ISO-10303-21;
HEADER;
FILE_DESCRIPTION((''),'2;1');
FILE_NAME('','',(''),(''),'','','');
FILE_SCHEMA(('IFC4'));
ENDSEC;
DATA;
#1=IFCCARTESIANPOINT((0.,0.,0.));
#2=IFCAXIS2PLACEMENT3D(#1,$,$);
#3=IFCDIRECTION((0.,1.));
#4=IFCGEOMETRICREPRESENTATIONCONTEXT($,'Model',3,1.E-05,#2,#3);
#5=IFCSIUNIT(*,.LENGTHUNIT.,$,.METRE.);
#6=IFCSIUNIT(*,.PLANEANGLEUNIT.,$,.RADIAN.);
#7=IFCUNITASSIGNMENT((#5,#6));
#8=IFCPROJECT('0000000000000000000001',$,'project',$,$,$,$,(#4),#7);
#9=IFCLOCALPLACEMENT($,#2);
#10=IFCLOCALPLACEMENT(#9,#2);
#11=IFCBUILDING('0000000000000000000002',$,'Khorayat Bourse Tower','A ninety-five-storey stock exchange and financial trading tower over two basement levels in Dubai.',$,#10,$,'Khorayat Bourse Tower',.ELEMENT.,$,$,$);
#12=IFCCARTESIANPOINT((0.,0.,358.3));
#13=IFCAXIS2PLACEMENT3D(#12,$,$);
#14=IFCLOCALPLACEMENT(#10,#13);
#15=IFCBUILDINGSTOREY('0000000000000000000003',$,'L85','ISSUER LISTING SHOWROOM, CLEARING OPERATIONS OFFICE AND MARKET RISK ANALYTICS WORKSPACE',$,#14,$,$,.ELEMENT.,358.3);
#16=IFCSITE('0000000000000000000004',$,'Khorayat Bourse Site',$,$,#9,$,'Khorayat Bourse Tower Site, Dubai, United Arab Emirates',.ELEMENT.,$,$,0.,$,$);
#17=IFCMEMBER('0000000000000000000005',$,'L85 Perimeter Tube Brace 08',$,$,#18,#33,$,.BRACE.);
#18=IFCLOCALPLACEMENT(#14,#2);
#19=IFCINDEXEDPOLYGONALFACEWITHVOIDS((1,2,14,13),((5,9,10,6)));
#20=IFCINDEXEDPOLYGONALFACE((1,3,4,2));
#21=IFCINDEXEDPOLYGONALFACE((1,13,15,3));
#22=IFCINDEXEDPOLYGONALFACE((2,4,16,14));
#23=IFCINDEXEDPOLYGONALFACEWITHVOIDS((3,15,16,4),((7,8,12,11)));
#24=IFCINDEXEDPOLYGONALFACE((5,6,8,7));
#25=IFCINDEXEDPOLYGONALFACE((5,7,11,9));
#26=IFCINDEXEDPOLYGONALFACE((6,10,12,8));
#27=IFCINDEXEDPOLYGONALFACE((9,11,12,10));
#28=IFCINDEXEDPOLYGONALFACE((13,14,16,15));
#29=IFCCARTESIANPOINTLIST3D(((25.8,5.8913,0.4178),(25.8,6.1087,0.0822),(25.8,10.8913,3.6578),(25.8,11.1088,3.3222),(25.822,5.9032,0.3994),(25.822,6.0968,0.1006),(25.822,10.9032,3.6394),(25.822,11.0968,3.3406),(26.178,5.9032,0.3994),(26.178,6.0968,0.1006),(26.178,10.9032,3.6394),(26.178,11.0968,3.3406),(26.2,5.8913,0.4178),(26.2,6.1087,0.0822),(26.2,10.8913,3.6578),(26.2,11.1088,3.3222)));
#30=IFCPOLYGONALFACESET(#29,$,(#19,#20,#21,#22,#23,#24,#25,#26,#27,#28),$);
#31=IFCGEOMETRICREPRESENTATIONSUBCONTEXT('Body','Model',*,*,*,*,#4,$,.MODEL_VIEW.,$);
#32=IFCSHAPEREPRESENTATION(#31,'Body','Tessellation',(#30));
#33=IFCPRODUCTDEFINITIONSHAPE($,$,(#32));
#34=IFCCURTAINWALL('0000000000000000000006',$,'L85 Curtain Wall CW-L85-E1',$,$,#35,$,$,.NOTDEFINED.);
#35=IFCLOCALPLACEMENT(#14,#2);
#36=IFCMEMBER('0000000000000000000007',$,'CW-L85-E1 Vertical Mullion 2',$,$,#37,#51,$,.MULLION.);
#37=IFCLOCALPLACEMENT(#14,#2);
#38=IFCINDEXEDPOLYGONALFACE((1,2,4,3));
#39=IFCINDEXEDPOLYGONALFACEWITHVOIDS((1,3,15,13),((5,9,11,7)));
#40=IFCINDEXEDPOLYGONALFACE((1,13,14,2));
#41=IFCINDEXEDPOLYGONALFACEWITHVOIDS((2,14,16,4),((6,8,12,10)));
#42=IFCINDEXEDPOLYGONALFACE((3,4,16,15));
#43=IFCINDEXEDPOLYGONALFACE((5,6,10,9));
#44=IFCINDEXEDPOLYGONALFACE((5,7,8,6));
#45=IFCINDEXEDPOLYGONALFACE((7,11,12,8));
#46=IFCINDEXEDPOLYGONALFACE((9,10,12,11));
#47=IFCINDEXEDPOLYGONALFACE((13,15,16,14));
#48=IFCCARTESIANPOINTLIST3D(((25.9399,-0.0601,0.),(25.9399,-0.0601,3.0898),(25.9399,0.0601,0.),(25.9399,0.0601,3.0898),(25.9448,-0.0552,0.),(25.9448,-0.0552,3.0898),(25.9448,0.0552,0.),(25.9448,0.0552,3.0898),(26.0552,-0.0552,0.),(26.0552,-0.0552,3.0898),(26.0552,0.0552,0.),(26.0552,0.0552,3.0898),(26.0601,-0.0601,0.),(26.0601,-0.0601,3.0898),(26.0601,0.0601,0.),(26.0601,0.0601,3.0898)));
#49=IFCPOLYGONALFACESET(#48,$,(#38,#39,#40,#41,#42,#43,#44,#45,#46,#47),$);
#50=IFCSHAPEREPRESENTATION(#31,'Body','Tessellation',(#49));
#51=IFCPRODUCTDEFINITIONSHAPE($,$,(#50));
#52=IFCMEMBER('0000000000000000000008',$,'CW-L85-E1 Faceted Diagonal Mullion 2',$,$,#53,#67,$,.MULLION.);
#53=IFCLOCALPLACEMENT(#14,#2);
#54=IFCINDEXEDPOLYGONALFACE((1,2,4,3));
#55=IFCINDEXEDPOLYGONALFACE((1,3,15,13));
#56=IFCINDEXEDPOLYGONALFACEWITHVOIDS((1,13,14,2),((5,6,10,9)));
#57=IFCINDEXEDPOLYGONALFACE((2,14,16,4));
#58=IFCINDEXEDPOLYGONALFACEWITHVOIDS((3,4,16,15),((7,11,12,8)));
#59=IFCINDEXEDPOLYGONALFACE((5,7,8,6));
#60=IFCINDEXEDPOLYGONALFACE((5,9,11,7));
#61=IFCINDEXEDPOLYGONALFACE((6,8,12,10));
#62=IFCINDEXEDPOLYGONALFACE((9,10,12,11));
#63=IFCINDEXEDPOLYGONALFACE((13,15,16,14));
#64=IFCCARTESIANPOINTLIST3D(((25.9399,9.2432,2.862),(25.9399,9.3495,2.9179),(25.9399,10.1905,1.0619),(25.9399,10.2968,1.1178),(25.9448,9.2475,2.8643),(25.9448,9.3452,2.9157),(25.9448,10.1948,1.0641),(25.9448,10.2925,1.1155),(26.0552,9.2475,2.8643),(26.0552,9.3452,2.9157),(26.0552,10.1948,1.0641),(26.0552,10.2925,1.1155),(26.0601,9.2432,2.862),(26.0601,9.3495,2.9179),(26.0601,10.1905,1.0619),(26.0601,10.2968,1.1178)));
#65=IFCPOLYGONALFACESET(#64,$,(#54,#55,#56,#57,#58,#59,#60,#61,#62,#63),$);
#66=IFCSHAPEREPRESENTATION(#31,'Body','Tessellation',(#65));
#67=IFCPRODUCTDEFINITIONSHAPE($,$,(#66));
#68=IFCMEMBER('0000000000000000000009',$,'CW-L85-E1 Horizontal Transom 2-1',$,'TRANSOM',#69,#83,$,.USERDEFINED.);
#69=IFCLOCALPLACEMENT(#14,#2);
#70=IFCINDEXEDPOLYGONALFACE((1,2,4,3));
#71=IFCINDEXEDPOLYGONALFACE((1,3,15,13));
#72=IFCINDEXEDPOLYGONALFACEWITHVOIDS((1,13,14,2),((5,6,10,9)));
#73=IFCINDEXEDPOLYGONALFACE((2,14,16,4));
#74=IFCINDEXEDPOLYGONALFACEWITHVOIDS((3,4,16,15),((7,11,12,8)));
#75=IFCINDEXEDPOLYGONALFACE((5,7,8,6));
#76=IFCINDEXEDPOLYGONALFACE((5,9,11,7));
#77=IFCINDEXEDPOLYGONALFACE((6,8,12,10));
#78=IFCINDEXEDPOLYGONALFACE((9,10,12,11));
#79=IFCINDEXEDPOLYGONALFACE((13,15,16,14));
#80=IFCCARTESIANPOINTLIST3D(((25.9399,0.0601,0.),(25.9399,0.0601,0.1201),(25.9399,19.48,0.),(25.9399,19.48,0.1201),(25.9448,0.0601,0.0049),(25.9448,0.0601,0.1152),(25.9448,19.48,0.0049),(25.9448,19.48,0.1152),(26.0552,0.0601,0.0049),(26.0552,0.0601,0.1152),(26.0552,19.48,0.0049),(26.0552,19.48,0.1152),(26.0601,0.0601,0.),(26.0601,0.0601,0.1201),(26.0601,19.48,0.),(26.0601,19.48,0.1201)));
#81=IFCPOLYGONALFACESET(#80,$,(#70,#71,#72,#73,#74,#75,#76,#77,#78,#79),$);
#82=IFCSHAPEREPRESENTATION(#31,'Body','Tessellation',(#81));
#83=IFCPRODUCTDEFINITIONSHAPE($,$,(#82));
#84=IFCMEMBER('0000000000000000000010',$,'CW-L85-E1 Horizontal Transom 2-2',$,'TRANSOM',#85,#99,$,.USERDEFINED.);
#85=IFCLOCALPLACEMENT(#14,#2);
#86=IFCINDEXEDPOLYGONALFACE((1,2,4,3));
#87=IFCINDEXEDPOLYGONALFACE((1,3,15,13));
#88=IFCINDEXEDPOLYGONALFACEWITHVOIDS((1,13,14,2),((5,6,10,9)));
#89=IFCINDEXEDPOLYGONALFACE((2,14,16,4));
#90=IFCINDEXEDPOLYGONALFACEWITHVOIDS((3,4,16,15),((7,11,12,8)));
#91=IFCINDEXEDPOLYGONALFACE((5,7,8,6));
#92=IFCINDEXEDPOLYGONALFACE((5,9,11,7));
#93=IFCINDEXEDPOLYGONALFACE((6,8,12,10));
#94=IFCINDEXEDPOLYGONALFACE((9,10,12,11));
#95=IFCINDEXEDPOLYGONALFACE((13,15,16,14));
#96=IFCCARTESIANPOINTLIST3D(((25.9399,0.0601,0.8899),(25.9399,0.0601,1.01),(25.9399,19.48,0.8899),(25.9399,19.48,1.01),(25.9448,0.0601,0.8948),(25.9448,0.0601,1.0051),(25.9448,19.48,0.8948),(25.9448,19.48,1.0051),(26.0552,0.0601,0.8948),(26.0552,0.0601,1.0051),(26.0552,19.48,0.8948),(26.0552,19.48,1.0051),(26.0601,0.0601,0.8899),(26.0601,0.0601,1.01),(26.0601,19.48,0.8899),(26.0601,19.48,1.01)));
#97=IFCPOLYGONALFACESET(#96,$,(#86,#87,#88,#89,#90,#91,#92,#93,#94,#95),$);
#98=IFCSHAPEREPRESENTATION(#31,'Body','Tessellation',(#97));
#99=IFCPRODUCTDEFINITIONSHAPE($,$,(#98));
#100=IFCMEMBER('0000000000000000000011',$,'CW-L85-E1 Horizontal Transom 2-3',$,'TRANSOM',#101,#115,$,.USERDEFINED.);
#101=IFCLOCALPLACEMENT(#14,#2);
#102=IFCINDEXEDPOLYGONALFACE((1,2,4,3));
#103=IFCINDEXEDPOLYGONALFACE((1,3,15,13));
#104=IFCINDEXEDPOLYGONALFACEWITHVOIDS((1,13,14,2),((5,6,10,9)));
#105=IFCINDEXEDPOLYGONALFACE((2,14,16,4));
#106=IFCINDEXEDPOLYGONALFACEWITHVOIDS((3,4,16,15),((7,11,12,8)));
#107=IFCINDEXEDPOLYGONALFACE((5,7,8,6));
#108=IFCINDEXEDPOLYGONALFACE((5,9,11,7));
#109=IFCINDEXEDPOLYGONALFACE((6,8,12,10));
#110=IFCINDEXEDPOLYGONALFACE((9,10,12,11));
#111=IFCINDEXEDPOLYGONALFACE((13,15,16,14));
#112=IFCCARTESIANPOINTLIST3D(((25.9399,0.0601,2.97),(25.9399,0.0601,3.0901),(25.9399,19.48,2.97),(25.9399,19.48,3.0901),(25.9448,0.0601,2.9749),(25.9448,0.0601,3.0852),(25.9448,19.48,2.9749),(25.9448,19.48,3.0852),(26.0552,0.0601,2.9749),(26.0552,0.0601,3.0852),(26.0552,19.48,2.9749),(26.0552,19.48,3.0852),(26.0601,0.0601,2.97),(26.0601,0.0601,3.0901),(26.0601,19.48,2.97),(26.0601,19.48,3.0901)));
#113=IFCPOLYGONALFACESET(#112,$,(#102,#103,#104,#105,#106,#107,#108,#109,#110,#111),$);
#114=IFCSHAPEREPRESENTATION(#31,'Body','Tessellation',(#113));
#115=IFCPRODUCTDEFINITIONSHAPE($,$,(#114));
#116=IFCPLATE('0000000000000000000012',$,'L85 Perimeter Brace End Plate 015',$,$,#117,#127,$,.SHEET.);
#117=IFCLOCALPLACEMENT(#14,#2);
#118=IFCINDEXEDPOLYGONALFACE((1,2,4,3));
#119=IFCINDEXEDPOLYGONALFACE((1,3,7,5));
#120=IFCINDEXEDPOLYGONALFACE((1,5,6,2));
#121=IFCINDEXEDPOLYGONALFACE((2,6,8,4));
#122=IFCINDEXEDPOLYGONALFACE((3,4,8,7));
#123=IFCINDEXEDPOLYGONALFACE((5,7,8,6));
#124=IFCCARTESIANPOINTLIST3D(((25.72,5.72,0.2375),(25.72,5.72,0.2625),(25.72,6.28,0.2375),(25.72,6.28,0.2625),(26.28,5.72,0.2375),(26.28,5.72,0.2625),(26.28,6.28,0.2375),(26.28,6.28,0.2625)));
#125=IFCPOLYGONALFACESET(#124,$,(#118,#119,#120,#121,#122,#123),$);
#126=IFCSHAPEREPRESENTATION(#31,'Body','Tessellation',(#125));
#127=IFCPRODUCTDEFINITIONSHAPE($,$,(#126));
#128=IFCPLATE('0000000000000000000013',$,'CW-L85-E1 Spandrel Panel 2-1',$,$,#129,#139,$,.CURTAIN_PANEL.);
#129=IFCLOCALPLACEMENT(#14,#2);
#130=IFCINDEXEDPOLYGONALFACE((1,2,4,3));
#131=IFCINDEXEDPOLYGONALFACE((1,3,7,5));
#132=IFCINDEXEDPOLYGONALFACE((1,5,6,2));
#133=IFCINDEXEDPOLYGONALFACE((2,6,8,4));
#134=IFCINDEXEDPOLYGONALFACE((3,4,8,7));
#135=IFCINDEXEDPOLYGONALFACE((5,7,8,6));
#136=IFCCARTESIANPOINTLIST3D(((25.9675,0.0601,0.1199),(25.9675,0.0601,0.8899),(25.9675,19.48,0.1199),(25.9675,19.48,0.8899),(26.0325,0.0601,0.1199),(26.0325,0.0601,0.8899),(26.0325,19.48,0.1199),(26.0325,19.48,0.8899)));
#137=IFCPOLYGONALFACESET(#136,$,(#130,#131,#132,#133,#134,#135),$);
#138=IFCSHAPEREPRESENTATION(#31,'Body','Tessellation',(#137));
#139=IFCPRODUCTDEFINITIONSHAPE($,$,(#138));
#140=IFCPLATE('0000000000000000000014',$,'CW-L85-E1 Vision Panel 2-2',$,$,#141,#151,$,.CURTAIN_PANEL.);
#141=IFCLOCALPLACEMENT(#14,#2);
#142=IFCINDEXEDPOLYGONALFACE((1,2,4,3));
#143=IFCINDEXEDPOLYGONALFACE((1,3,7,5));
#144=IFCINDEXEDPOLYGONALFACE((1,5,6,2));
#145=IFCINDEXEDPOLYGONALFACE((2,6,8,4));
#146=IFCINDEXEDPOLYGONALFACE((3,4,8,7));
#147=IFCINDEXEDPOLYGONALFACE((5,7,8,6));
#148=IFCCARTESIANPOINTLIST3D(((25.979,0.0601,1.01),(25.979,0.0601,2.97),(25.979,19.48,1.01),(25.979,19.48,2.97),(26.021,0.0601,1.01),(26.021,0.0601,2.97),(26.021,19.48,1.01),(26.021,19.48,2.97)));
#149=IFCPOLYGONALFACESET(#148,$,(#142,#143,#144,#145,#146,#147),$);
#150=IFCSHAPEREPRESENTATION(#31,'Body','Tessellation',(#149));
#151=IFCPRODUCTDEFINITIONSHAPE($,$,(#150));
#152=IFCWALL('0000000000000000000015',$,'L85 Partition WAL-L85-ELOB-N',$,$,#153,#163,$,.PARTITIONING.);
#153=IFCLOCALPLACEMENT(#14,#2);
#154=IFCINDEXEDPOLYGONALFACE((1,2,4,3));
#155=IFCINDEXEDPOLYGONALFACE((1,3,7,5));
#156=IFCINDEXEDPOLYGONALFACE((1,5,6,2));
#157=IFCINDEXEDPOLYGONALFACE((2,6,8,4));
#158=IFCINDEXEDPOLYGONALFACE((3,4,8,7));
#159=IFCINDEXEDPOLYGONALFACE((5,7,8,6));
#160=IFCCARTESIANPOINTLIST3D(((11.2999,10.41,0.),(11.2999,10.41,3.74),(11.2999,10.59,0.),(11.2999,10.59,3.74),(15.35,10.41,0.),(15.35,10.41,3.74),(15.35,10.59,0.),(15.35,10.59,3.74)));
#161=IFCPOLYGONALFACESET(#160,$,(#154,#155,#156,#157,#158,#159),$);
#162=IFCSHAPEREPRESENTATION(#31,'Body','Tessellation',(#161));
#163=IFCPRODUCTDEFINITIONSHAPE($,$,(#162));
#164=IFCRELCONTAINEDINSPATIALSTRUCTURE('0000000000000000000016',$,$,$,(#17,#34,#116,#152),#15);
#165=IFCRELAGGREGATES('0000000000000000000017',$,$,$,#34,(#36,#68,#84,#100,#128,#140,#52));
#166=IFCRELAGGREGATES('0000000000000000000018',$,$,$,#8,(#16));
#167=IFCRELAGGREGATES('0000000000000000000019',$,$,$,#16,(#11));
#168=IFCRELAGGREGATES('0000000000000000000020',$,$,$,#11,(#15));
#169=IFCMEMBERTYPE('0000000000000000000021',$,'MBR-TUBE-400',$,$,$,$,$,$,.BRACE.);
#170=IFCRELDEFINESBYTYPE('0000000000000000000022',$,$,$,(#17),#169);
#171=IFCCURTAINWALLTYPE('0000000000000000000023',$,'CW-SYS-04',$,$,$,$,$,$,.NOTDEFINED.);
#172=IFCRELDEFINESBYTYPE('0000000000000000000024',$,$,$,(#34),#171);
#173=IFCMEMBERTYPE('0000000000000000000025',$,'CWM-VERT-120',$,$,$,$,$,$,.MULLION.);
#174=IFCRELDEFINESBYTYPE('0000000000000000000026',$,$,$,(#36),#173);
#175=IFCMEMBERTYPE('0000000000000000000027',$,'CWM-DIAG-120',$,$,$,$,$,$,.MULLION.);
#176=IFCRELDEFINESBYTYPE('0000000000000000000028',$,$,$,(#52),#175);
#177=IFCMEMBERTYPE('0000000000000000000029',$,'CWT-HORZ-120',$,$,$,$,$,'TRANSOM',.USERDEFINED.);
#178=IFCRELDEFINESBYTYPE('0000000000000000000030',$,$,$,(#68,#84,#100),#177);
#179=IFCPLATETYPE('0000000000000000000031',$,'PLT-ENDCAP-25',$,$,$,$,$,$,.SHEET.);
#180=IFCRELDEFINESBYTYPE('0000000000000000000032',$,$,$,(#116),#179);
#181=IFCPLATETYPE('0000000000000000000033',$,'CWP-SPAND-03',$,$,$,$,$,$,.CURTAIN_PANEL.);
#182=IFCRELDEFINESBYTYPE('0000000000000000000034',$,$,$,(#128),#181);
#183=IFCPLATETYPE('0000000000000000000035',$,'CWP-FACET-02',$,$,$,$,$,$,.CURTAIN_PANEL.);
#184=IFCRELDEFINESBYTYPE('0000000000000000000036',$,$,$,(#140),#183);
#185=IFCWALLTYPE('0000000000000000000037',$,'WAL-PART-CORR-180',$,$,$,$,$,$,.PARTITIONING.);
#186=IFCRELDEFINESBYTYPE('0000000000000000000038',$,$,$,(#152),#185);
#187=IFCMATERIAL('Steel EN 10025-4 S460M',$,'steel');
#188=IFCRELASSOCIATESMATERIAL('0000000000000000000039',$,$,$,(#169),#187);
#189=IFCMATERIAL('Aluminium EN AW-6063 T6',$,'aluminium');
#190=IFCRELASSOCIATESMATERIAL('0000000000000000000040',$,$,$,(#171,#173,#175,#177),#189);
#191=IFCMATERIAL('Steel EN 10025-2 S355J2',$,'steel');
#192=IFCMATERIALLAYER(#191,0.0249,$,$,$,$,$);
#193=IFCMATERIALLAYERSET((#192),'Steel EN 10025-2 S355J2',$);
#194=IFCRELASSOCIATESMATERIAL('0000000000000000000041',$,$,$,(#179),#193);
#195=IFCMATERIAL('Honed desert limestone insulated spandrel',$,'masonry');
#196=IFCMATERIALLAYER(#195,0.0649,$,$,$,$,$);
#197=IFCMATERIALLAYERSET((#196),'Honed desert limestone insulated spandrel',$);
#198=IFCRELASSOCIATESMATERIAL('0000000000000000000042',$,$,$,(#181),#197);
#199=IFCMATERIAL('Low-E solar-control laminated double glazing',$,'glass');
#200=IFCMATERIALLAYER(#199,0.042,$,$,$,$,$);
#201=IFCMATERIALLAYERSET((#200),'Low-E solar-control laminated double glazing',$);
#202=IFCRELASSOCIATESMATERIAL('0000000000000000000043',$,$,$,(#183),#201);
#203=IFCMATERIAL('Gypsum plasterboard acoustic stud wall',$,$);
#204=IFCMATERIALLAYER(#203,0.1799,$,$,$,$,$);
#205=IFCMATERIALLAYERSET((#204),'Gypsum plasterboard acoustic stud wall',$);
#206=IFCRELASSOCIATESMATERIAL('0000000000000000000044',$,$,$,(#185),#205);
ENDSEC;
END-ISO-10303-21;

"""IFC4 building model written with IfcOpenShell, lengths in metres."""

from ifc_helpers import new_model, si_unit, direction, frame, frame_2d, origin, origin_2d, place, context, subcontext, project, spatial, rectangle, hollow_rectangle, extrude, source, transform, mapped, material, layer, layer_set, material_profile, profile_set, type_object, element, aggregate, save


model = new_model("IFC4")

# Units and contexts
model_context = context("Model", 3, precision=1e-05, world=origin(), true_north=direction((0.0, 1.0)))
body_context = subcontext(model_context, "Body", "Model", "MODEL_VIEW")
ifc_project = project(units=[si_unit("LENGTHUNIT", "METRE"), si_unit("PLANEANGLEUNIT", "RADIAN")], contexts=[model_context])

# Site, building, storey
site_placement = place(None, origin())
site = spatial("IfcSite", under=ifc_project, at=site_placement, Name="Khorayat Bourse Site", LongName="Khorayat Bourse Tower Site, Dubai, United Arab Emirates", CompositionType="ELEMENT", RefElevation=0.0)
building_placement = place(site_placement, origin())
building = spatial("IfcBuilding", under=site, at=building_placement, Name="Khorayat Bourse Tower", Description="A ninety-five-storey stock exchange and financial trading tower over two basement levels in Dubai.", LongName="Khorayat Bourse Tower", CompositionType="ELEMENT")
storey_placement = place(building_placement, frame((0.0, 0.0, 358.3)))
storey = spatial("IfcBuildingStorey", under=building, at=storey_placement, Name="L85", Description="ISSUER LISTING SHOWROOM, CLEARING OPERATIONS OFFICE AND MARKET RISK ANALYTICS WORKSPACE", CompositionType="ELEMENT", Elevation=358.3)

# Shared definitions
ifc_material_1 = material(Name="Steel EN 10025-2 S355J2", Category="steel")

# Member
ifc_material_2 = material(Name="Steel EN 10025-4 S460M", Category="steel")
ifc_material_profile_1 = material_profile(ifc_material_2, hollow_rectangle(XDim=0.3999, YDim=0.3999, WallThickness=0.022, at=origin_2d()), Name="HSS 400x400x22")
ifc_profile_set_1 = profile_set([ifc_material_profile_1], Name="Steel EN 10025-4 S460M")
member_type_1 = type_object("IfcMemberType", Name="MBR-TUBE-400", PredefinedType="BRACE", material=ifc_profile_set_1)
shared_shape_1 = source(origin(), body_context, "Body", "SweptSolid", [
    extrude(hollow_rectangle(XDim=0.3999, YDim=0.3999, WallThickness=0.022, at=origin_2d()), origin(), (0.0, 0.0, 1.0), 5.958),
])
member_1_placement = place(storey_placement, frame((26.0, 6.0, 0.25), z_axis=(0.0, 0.83921, 0.543807), x_axis=(-1.0, 0.0, 0.0)))
element("IfcMember", 1, at=member_1_placement, inside=storey, type_object=member_type_1, Name="L85 Perimeter Tube Brace 08", PredefinedType="BRACE", context=body_context, shape_type="MappedRepresentation", body=[
    mapped(shared_shape_1, transform((0.0, 0.0, 0.0), scale=1.0)),
])

# Curtain wall, members
ifc_material_3 = material(Name="Aluminium EN AW-6063 T6", Category="aluminium")
curtain_wall_type = type_object("IfcCurtainWallType", Name="CW-SYS-04", PredefinedType="NOTDEFINED", material=ifc_material_3)
curtain_wall_placement = place(storey_placement, origin())
curtain_wall = element("IfcCurtainWall", 2, at=curtain_wall_placement, inside=storey, type_object=curtain_wall_type, Name="L85 Curtain Wall CW-L85-E1", PredefinedType="NOTDEFINED")
ifc_material_profile_2 = material_profile(ifc_material_3, hollow_rectangle(XDim=0.1201, YDim=0.1201, WallThickness=0.0049, at=origin_2d()), Name="ALU 120x120x5")
ifc_profile_set_2 = profile_set([ifc_material_profile_2], Name="Aluminium EN AW-6063 T6")
member_type_2 = type_object("IfcMemberType", Name="CWM-VERT-120", PredefinedType="MULLION", material=ifc_profile_set_2)
shared_shape_2 = source(origin(), body_context, "Body", "SweptSolid", [
    extrude(hollow_rectangle(XDim=0.1201, YDim=0.1201, WallThickness=0.0049, at=origin_2d()), origin(), (0.0, 0.0, 1.0), 3.0898),
])
member_2_placement = place(storey_placement, frame((26.0, 0.0, 0.0), z_axis=(0.0, 0.0, 1.0), x_axis=(-1.0, 0.0, 0.0)))
member_2 = element("IfcMember", 3, at=member_2_placement, type_object=member_type_2, Name="CW-L85-E1 Vertical Mullion 2", PredefinedType="MULLION", context=body_context, shape_type="MappedRepresentation", body=[
    mapped(shared_shape_2, transform((0.0, 0.0, 0.0), scale=1.0)),
])
ifc_material_profile_3 = material_profile(ifc_material_3, hollow_rectangle(XDim=0.1201, YDim=0.1201, WallThickness=0.0049, at=origin_2d()), Name="ALU 120x120x5")
ifc_profile_set_3 = profile_set([ifc_material_profile_3], Name="Aluminium EN AW-6063 T6")
member_type_3 = type_object("IfcMemberType", Name="CWM-DIAG-120", PredefinedType="MULLION", material=ifc_profile_set_3)
shared_shape_3 = source(origin(), body_context, "Body", "SweptSolid", [
    extrude(hollow_rectangle(XDim=0.1201, YDim=0.1201, WallThickness=0.0049, at=origin_2d()), origin(), (0.0, 0.0, 1.0), 2.0342),
])
member_3_placement = place(storey_placement, frame((26.0, 10.2437, 1.0898), z_axis=(0.0, -0.465697, 0.884944), x_axis=(1.0, 0.0, 0.0)))
member_3 = element("IfcMember", 4, at=member_3_placement, type_object=member_type_3, Name="CW-L85-E1 Faceted Diagonal Mullion 2", PredefinedType="MULLION", context=body_context, shape_type="MappedRepresentation", body=[
    mapped(shared_shape_3, transform((0.0, 0.0, 0.0), scale=1.0)),
])
ifc_material_profile_4 = material_profile(ifc_material_3, hollow_rectangle(XDim=0.1201, YDim=0.1201, WallThickness=0.0049, at=origin_2d()), Name="ALU 120x120x5")
ifc_profile_set_4 = profile_set([ifc_material_profile_4], Name="Aluminium EN AW-6063 T6")
member_type_4 = type_object("IfcMemberType", Name="CWT-HORZ-120", ElementType="TRANSOM", PredefinedType="USERDEFINED", material=ifc_profile_set_4)
shared_shape_4 = source(origin(), body_context, "Body", "SweptSolid", [
    extrude(hollow_rectangle(XDim=0.1201, YDim=0.1201, WallThickness=0.0049, at=origin_2d()), origin(), (0.0, 0.0, 1.0), 19.4199),
])
member_4_placement = place(storey_placement, frame((26.0, 0.0601, 0.0601), z_axis=(0.0, 1.0, 0.0), x_axis=(-1.0, 0.0, 0.0)))
member_4 = element("IfcMember", 5, at=member_4_placement, type_object=member_type_4, Name="CW-L85-E1 Horizontal Transom 2-1", ObjectType="TRANSOM", PredefinedType="USERDEFINED", context=body_context, shape_type="MappedRepresentation", body=[
    mapped(shared_shape_4, transform((0.0, 0.0, 0.0), scale=1.0)),
])
member_5_placement = place(storey_placement, frame((26.0, 0.0601, 0.95), z_axis=(0.0, 1.0, 0.0), x_axis=(-1.0, 0.0, 0.0)))
member_5 = element("IfcMember", 6, at=member_5_placement, type_object=member_type_4, Name="CW-L85-E1 Horizontal Transom 2-2", ObjectType="TRANSOM", PredefinedType="USERDEFINED", context=body_context, shape_type="MappedRepresentation", body=[
    mapped(shared_shape_4, transform((0.0, 0.0, 0.0), scale=1.0)),
])
member_6_placement = place(storey_placement, frame((26.0, 0.0601, 3.03), z_axis=(0.0, 1.0, 0.0), x_axis=(-1.0, 0.0, 0.0)))
member_6 = element("IfcMember", 7, at=member_6_placement, type_object=member_type_4, Name="CW-L85-E1 Horizontal Transom 2-3", ObjectType="TRANSOM", PredefinedType="USERDEFINED", context=body_context, shape_type="MappedRepresentation", body=[
    mapped(shared_shape_4, transform((0.0, 0.0, 0.0), scale=1.0)),
])

# Plates
ifc_layer_1 = layer(ifc_material_1, 0.0249)
ifc_layer_set_1 = layer_set([ifc_layer_1], Name="Steel EN 10025-2 S355J2")
plate_type_1 = type_object("IfcPlateType", Name="PLT-ENDCAP-25", PredefinedType="SHEET", material=ifc_layer_set_1)
shared_shape_5 = source(origin(), body_context, "Body", "SweptSolid", [
    extrude(rectangle(XDim=0.5601, YDim=0.5601, at=origin_2d()), origin(), (0.0, 0.0, 1.0), 0.0249),
])
plate_1_placement = place(storey_placement, frame((26.0, 6.0, 0.2375), z_axis=(0.0, 0.0, 1.0), x_axis=(1.0, 0.0, 0.0)))
element("IfcPlate", 8, at=plate_1_placement, inside=storey, type_object=plate_type_1, Name="L85 Perimeter Brace End Plate 015", PredefinedType="SHEET", context=body_context, shape_type="MappedRepresentation", body=[
    mapped(shared_shape_5, transform((0.0, 0.0, 0.0), scale=1.0)),
])
ifc_material_4 = material(Name="Honed desert limestone insulated spandrel", Category="masonry")
ifc_layer_2 = layer(ifc_material_4, 0.0649)
ifc_layer_set_2 = layer_set([ifc_layer_2], Name="Honed desert limestone insulated spandrel")
plate_type_2 = type_object("IfcPlateType", Name="CWP-SPAND-03", PredefinedType="CURTAIN_PANEL", material=ifc_layer_set_2)
shared_shape_6 = source(origin(), body_context, "Body", "SweptSolid", [
    extrude(rectangle(XDim=19.4199, YDim=0.0649, at=origin_2d()), origin(), (0.0, 0.0, 1.0), 0.77),
])
plate_2_placement = place(storey_placement, frame((26.0, 9.77, 0.1199), z_axis=(0.0, 0.0, 1.0), x_axis=(0.0, 1.0, 0.0)))
plate_2 = element("IfcPlate", 9, at=plate_2_placement, type_object=plate_type_2, Name="CW-L85-E1 Spandrel Panel 2-1", PredefinedType="CURTAIN_PANEL", context=body_context, shape_type="MappedRepresentation", body=[
    mapped(shared_shape_6, transform((0.0, 0.0, 0.0), scale=1.0)),
])
ifc_material_5 = material(Name="Low-E solar-control laminated double glazing", Category="glass")
ifc_layer_3 = layer(ifc_material_5, 0.042)
ifc_layer_set_3 = layer_set([ifc_layer_3], Name="Low-E solar-control laminated double glazing")
plate_type_3 = type_object("IfcPlateType", Name="CWP-FACET-02", PredefinedType="CURTAIN_PANEL", material=ifc_layer_set_3)
shared_shape_7 = source(origin(), body_context, "Body", "SweptSolid", [
    extrude(rectangle(XDim=19.4199, YDim=0.042, at=origin_2d()), origin(), (0.0, 0.0, 1.0), 1.96),
])
plate_3_placement = place(storey_placement, frame((26.0, 9.77, 1.01), z_axis=(0.0, 0.0, 1.0), x_axis=(0.0, 1.0, 0.0)))
plate_3 = element("IfcPlate", 10, at=plate_3_placement, type_object=plate_type_3, Name="CW-L85-E1 Vision Panel 2-2", PredefinedType="CURTAIN_PANEL", context=body_context, shape_type="MappedRepresentation", body=[
    mapped(shared_shape_7, transform((0.0, 0.0, 0.0), scale=1.0)),
])
aggregate(curtain_wall, [member_2, member_4, member_5, member_6, plate_2, plate_3, member_3])

# Wall
ifc_material_6 = material(Name="Gypsum plasterboard acoustic stud wall")
ifc_layer_4 = layer(ifc_material_6, 0.1799)
ifc_layer_set_4 = layer_set([ifc_layer_4], Name="Gypsum plasterboard acoustic stud wall")
wall_type_1 = type_object("IfcWallType", Name="WAL-PART-CORR-180", PredefinedType="PARTITIONING", material=ifc_layer_set_4)
shared_shape_8 = source(origin(), body_context, "Body", "SweptSolid", [
    extrude(rectangle(XDim=4.05, YDim=0.1799, at=frame_2d((2.0249, 0.0))), origin(), (0.0, 0.0, 1.0), 3.74),
])
wall_1_placement = place(storey_placement, frame((11.3, 10.5, 0.0), z_axis=(0.0, 0.0, 1.0), x_axis=(1.0, 0.0, 0.0)))
element("IfcWall", 11, at=wall_1_placement, inside=storey, type_object=wall_type_1, Name="L85 Partition WAL-L85-ELOB-N", PredefinedType="PARTITIONING", context=body_context, shape_type="MappedRepresentation", body=[
    mapped(shared_shape_8, transform((0.0, 0.0, 0.0), scale=1.0)),
])

save(model, "model.ifc")
